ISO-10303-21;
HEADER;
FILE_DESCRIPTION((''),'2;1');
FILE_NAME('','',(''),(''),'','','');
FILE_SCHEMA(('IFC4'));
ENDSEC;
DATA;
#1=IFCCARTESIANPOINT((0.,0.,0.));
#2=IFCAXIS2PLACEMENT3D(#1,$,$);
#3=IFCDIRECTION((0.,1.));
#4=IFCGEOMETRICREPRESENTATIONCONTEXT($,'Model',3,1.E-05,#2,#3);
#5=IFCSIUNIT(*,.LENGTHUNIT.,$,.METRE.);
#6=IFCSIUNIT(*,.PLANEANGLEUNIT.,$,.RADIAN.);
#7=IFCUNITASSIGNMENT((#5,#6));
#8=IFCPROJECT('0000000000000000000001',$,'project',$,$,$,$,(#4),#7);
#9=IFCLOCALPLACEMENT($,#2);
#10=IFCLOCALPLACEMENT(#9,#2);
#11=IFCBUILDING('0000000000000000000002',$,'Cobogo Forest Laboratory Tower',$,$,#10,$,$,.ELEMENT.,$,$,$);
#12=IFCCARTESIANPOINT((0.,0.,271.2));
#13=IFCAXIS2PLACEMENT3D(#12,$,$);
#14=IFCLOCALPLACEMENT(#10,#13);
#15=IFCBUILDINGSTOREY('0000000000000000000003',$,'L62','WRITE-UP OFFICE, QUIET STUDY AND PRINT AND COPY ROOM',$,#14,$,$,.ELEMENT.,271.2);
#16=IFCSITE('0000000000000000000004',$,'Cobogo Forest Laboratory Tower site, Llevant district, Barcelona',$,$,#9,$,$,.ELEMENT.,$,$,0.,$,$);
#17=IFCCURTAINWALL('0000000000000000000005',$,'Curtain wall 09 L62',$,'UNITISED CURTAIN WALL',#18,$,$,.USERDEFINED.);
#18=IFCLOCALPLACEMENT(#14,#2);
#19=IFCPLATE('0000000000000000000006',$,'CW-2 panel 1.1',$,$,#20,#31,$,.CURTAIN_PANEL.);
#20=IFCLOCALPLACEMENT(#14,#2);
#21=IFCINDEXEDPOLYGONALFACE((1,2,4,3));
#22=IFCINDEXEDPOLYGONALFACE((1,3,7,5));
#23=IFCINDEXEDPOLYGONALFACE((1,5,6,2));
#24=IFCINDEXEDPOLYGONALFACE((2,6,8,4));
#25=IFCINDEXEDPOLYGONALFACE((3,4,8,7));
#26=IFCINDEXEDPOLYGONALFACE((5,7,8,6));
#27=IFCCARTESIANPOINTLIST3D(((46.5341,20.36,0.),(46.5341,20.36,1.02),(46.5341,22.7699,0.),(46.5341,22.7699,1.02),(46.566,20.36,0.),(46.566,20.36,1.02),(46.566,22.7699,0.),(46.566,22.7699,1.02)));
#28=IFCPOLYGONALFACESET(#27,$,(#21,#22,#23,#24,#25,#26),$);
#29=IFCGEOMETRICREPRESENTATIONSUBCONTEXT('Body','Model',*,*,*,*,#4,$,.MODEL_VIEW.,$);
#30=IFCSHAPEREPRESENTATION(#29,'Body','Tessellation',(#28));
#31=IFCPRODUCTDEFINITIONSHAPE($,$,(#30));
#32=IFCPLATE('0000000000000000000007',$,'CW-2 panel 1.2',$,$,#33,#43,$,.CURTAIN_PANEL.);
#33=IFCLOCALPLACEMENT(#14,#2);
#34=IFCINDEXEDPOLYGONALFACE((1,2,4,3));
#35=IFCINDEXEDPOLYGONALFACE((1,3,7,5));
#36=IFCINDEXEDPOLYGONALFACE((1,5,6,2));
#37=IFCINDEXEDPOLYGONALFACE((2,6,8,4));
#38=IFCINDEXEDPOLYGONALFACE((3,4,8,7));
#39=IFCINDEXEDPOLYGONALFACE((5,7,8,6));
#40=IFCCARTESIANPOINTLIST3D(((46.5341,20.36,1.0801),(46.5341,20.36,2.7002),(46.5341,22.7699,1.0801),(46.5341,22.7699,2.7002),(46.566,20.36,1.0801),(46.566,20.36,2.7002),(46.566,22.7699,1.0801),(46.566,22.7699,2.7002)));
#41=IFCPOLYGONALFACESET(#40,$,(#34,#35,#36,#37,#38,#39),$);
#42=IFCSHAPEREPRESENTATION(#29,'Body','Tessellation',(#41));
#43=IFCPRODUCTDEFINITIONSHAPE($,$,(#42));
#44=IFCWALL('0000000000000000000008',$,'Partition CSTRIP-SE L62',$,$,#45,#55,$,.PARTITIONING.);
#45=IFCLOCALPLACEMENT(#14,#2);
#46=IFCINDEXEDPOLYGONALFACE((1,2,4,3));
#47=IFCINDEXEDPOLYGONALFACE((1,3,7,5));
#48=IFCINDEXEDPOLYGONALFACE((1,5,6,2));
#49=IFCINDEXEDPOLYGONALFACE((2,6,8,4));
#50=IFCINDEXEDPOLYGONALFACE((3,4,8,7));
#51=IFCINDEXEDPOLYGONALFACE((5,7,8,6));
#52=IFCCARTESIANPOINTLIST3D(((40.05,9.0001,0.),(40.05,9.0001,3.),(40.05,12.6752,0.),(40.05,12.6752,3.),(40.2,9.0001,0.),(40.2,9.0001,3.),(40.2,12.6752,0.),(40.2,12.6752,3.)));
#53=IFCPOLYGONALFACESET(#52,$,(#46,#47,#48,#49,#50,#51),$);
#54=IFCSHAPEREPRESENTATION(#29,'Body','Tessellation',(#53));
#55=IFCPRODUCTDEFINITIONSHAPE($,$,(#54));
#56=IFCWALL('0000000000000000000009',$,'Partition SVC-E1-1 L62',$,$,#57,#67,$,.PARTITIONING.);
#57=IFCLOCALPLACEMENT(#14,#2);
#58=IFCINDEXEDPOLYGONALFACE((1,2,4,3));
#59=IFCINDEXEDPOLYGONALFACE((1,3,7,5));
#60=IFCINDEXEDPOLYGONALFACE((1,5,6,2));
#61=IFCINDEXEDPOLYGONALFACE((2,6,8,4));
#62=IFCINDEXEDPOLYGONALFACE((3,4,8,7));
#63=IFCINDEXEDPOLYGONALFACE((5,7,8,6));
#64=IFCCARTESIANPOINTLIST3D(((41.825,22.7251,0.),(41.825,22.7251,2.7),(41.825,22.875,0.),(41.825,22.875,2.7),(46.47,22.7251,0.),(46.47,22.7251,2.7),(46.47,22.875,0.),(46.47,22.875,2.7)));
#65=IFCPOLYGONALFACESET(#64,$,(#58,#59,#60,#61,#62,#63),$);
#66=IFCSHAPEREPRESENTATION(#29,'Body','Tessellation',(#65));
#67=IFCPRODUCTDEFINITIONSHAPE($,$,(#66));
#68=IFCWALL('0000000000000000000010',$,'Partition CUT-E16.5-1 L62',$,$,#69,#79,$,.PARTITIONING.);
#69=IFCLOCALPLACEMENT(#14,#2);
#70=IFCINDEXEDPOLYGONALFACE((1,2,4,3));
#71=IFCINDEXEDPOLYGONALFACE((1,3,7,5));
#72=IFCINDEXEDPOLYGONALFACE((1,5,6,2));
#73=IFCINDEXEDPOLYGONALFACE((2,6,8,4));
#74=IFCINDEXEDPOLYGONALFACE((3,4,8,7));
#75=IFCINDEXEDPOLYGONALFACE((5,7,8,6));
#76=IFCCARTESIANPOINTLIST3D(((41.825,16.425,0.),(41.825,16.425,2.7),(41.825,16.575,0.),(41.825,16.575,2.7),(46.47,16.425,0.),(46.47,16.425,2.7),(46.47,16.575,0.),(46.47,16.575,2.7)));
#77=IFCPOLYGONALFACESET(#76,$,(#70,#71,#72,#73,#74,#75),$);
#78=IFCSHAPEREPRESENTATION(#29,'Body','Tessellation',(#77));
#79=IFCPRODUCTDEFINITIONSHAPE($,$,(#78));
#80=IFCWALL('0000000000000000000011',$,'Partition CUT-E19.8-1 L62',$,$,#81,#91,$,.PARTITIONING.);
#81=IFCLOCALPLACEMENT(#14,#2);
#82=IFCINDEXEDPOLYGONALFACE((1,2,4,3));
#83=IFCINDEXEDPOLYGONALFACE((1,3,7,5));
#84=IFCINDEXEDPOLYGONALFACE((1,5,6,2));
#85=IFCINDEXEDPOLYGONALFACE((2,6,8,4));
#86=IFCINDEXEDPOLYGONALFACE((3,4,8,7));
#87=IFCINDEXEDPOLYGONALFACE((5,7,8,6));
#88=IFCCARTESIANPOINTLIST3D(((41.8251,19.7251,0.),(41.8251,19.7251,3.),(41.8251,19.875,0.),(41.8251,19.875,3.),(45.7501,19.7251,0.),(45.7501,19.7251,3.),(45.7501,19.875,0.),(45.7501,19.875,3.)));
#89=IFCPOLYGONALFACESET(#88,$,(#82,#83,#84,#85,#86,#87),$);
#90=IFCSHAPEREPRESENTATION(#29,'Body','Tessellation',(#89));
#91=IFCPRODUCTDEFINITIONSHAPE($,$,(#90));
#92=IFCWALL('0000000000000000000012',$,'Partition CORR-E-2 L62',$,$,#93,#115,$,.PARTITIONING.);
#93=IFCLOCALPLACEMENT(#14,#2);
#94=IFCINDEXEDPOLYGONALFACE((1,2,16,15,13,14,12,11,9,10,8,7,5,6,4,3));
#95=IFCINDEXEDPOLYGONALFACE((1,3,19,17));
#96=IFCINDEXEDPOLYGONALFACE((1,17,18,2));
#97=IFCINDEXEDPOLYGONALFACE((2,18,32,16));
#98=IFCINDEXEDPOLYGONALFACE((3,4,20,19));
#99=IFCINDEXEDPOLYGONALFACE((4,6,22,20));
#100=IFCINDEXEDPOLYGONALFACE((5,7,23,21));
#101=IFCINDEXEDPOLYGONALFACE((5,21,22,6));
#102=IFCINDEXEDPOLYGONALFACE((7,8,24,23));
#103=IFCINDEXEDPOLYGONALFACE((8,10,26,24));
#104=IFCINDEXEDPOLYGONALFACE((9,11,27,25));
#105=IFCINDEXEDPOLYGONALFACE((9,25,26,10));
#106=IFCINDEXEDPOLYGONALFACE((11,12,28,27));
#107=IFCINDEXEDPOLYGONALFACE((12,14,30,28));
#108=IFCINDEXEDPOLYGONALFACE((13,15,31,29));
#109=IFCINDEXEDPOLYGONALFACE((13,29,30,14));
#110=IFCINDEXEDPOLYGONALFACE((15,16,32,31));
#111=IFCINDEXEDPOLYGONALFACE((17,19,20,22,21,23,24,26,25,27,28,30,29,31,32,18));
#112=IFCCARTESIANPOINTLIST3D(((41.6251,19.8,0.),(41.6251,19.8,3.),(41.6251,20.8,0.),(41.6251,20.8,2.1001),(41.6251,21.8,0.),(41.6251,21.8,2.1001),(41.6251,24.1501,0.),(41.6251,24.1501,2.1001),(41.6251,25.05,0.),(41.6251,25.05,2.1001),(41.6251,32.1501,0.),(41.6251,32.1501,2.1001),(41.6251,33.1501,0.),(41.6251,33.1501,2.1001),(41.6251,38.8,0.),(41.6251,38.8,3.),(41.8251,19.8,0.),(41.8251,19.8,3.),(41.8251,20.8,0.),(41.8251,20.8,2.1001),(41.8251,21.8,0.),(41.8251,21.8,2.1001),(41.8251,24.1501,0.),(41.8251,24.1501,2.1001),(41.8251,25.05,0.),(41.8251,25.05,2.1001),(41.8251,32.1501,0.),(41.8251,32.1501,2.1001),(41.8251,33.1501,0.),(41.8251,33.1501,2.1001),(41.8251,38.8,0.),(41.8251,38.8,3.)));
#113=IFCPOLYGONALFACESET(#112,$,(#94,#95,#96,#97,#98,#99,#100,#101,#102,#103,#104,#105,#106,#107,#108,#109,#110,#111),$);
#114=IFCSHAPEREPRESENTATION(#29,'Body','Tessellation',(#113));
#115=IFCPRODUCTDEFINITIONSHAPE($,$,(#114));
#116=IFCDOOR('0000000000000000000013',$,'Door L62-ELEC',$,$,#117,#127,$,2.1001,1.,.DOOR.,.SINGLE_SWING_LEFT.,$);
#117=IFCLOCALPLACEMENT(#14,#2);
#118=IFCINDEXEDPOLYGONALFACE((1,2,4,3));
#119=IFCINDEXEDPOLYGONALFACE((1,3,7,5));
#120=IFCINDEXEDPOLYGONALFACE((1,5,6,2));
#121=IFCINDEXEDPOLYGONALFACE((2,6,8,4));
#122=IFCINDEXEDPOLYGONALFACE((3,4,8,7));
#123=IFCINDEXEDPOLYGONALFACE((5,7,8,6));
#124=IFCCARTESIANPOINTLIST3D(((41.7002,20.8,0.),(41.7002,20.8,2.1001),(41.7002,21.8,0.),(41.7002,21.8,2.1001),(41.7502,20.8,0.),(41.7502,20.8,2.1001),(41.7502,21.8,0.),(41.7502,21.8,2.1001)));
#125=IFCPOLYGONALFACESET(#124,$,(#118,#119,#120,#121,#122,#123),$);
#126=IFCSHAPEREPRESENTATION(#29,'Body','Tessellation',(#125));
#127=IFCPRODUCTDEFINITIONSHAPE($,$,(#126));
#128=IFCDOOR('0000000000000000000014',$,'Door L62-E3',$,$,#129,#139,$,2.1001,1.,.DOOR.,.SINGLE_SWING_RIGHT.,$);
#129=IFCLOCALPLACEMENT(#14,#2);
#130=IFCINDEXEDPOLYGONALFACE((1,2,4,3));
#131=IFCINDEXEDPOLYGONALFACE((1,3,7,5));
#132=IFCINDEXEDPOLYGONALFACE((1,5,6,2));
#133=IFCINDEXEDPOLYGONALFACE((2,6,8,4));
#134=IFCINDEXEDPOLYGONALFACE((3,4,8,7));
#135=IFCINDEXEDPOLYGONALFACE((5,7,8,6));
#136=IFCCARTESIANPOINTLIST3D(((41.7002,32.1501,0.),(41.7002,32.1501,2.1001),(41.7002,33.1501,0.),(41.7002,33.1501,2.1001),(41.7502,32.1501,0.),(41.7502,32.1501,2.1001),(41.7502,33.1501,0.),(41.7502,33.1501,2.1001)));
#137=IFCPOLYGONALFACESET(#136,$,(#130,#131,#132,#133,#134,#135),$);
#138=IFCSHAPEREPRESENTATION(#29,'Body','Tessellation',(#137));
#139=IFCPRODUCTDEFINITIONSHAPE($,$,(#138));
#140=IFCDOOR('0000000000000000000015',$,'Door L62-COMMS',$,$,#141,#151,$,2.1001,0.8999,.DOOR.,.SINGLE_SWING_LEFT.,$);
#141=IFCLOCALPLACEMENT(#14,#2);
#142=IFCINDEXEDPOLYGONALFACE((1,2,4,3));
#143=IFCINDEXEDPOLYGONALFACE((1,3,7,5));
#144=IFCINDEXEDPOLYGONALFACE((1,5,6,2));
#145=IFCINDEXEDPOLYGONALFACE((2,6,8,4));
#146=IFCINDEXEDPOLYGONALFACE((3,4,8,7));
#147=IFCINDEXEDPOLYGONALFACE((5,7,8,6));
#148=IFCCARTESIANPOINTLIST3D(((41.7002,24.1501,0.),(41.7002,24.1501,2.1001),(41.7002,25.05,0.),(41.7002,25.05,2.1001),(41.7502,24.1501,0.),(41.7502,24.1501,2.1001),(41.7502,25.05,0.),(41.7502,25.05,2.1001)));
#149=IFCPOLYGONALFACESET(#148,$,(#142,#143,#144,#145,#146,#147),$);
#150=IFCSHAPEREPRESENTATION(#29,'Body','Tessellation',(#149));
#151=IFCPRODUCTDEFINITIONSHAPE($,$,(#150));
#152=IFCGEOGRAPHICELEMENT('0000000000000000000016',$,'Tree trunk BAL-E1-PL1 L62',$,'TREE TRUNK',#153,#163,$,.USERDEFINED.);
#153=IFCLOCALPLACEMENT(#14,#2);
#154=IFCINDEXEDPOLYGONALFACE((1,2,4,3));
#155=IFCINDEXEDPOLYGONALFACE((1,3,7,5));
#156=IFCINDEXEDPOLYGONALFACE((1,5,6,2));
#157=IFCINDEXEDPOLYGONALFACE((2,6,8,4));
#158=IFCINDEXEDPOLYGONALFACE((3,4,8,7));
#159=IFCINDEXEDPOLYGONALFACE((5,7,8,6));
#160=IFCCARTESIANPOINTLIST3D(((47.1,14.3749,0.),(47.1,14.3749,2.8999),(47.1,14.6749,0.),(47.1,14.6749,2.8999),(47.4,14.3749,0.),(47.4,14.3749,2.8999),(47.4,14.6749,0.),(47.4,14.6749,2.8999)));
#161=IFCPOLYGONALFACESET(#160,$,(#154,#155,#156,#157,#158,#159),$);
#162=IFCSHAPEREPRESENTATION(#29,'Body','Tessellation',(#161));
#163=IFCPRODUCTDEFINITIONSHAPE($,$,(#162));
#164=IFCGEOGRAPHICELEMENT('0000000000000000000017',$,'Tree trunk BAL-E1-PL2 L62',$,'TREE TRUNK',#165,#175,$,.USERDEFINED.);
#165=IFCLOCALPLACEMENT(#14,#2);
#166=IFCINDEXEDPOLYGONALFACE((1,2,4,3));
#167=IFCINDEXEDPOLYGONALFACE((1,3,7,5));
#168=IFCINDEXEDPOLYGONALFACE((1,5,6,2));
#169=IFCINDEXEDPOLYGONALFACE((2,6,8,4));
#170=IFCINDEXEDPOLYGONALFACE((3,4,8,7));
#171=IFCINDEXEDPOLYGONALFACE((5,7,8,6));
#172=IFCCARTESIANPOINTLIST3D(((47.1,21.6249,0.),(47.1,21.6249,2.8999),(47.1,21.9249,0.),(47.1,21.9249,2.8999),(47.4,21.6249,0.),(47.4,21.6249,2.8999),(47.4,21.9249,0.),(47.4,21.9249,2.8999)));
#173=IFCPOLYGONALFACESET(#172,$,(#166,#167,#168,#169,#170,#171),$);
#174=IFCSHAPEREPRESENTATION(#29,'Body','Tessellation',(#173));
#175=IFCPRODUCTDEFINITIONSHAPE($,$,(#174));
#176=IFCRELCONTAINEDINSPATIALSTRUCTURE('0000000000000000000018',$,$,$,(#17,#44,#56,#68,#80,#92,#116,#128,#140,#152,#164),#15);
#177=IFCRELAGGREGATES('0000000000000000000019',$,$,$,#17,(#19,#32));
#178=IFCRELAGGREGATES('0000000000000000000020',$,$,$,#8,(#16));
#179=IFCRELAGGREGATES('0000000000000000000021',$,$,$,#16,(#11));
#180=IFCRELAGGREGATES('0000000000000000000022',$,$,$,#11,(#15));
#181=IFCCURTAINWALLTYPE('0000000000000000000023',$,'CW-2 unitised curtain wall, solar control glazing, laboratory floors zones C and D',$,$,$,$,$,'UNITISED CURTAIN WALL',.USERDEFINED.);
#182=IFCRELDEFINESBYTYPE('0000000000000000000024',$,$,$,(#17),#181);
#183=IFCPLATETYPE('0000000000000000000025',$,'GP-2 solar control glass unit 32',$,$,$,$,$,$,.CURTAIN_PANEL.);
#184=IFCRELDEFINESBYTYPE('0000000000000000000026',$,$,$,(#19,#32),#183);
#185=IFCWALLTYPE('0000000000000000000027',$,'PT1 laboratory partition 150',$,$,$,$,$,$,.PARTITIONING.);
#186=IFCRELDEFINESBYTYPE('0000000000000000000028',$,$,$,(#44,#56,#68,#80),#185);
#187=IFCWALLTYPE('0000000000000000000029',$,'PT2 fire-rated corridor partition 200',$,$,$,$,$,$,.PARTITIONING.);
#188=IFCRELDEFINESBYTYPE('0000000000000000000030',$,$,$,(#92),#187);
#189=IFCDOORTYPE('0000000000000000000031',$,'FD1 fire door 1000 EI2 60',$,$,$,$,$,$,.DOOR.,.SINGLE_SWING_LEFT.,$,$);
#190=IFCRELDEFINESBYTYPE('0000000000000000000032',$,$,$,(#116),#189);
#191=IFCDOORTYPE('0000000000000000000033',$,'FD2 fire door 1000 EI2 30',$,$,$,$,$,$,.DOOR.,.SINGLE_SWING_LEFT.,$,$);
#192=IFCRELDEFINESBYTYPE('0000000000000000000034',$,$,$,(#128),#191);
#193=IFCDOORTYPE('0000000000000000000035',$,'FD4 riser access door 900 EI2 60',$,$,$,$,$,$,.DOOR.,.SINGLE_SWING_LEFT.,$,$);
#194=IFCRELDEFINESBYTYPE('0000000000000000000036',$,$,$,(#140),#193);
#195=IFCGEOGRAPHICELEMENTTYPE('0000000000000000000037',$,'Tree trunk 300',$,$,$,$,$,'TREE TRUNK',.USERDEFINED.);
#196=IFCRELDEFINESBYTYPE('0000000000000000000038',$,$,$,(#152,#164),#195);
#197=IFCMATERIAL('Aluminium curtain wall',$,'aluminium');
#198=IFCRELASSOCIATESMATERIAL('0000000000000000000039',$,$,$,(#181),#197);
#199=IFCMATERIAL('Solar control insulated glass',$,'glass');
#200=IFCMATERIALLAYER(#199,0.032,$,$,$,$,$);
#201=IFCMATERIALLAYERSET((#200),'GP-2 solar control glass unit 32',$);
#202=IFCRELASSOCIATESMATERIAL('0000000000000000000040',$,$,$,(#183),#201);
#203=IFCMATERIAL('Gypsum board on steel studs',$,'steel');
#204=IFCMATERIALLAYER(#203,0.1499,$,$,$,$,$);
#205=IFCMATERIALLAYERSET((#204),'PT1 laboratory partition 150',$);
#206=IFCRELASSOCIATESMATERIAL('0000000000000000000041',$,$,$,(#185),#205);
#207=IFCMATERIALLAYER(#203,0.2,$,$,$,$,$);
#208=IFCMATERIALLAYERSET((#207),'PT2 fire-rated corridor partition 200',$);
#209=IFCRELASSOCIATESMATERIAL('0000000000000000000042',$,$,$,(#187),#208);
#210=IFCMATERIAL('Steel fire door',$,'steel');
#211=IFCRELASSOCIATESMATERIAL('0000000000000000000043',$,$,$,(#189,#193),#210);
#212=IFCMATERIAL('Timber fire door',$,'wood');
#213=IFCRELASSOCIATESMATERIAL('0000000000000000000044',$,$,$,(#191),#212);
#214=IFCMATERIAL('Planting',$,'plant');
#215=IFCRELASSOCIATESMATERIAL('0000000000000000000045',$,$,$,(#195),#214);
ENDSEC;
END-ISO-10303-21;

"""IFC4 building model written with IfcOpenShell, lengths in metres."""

from ifc_helpers import new_model, si_unit, direction, frame, frame_2d, origin, origin_2d, place, context, subcontext, project, spatial, rectangle, extrude, material, layer, layer_set, type_object, element, fill, aggregate, save


model = new_model("IFC4")

# Units and contexts
model_context = context("Model", 3, precision=1e-05, world=origin(), true_north=direction((0.0, 1.0)))
body_context = subcontext(model_context, "Body", "Model", "MODEL_VIEW")
ifc_project = project(units=[si_unit("LENGTHUNIT", "METRE"), si_unit("PLANEANGLEUNIT", "RADIAN")], contexts=[model_context])

# Site, building, storey
site_placement = place(None, origin())
site = spatial("IfcSite", under=ifc_project, at=site_placement, Name="Cobogo Forest Laboratory Tower site, Llevant district, Barcelona", CompositionType="ELEMENT", RefElevation=0.0)
building_placement = place(site_placement, origin())
building = spatial("IfcBuilding", under=site, at=building_placement, Name="Cobogo Forest Laboratory Tower", CompositionType="ELEMENT")
storey_placement = place(building_placement, frame((0.0, 0.0, 271.2)))
storey = spatial("IfcBuildingStorey", under=building, at=storey_placement, Name="L62", Description="WRITE-UP OFFICE, QUIET STUDY AND PRINT AND COPY ROOM", CompositionType="ELEMENT", Elevation=271.2)

# Curtain wall
ifc_material_1 = material(Name="Aluminium curtain wall", Category="aluminium")
curtain_wall_type = type_object("IfcCurtainWallType", Name="CW-2 unitised curtain wall, solar control glazing, laboratory floors zones C and D", ElementType="UNITISED CURTAIN WALL", PredefinedType="USERDEFINED", material=ifc_material_1)
curtain_wall_1_placement = place(storey_placement, origin())
curtain_wall_1 = element("IfcCurtainWall", 1, at=curtain_wall_1_placement, inside=storey, type_object=curtain_wall_type, Name="Curtain wall 09 L62", ObjectType="UNITISED CURTAIN WALL", PredefinedType="USERDEFINED")

# Plates
ifc_material_2 = material(Name="Solar control insulated glass", Category="glass")
ifc_layer_1 = layer(ifc_material_2, 0.032)
ifc_layer_set_1 = layer_set([ifc_layer_1], Name="GP-2 solar control glass unit 32")
plate_type = type_object("IfcPlateType", Name="GP-2 solar control glass unit 32", PredefinedType="CURTAIN_PANEL", material=ifc_layer_set_1)
plate_1_placement = place(storey_placement, frame((46.55, 21.5649, 0.0), z_axis=(0.0, 0.0, 1.0), x_axis=(0.0, 1.0, 0.0)))
plate_1 = element("IfcPlate", 2, at=plate_1_placement, type_object=plate_type, Name="CW-2 panel 1.1", PredefinedType="CURTAIN_PANEL", context=body_context, shape_type="SweptSolid", body=[
    extrude(rectangle(XDim=2.4099, YDim=0.032, at=origin_2d()), origin(), (0.0, 0.0, 1.0), 1.02),
])
plate_2_placement = place(storey_placement, frame((46.55, 21.5649, 1.0801), z_axis=(0.0, 0.0, 1.0), x_axis=(0.0, 1.0, 0.0)))
plate_2 = element("IfcPlate", 3, at=plate_2_placement, type_object=plate_type, Name="CW-2 panel 1.2", PredefinedType="CURTAIN_PANEL", context=body_context, shape_type="SweptSolid", body=[
    extrude(rectangle(XDim=2.4099, YDim=0.032, at=origin_2d()), origin(), (0.0, 0.0, 1.0), 1.6201),
])
aggregate(curtain_wall_1, [plate_1, plate_2])

# Walls
ifc_material_3 = material(Name="Gypsum board on steel studs", Category="steel")
ifc_layer_2 = layer(ifc_material_3, 0.1499)
ifc_layer_set_2 = layer_set([ifc_layer_2], Name="PT1 laboratory partition 150")
wall_type_1 = type_object("IfcWallType", Name="PT1 laboratory partition 150", PredefinedType="PARTITIONING", material=ifc_layer_set_2)
wall_1_placement = place(storey_placement, frame((40.125, 12.675, 0.0), z_axis=(0.0, 0.0, 1.0), x_axis=(0.0, -1.0, 0.0)))
element("IfcWall", 4, at=wall_1_placement, inside=storey, type_object=wall_type_1, Name="Partition CSTRIP-SE L62", PredefinedType="PARTITIONING", context=body_context, shape_type="SweptSolid", body=[
    extrude(rectangle(XDim=3.675, YDim=0.1499, at=frame_2d((1.8374, 0.0))), origin(), (0.0, 0.0, 1.0), 3.0),
])
for number, where, z_axis, x_axis, name in (
    (5, (46.47, 22.8, 0.0), (0.0, 0.0, 1.0), (-1.0, 0.0, 0.0), "Partition SVC-E1-1 L62"),
    (6, (46.47, 16.5, 0.0), (0.0, 0.0, 1.0), (-1.0, 0.0, 0.0), "Partition CUT-E16.5-1 L62"),
):
    element("IfcWall", number, at=place(storey_placement, frame(where, z_axis=z_axis, x_axis=x_axis)), inside=storey, type_object=wall_type_1, Name=name, PredefinedType="PARTITIONING", context=body_context, shape_type="SweptSolid", body=[
        extrude(rectangle(XDim=4.645, YDim=0.1499, at=frame_2d((2.3225, 0.0))), origin(), (0.0, 0.0, 1.0), 2.7),
    ])
wall_2_placement = place(storey_placement, frame((45.75, 19.8, 0.0), z_axis=(0.0, 0.0, 1.0), x_axis=(-1.0, 0.0, 0.0)))
element("IfcWall", 7, at=wall_2_placement, inside=storey, type_object=wall_type_1, Name="Partition CUT-E19.8-1 L62", PredefinedType="PARTITIONING", context=body_context, shape_type="SweptSolid", body=[
    extrude(rectangle(XDim=3.925, YDim=0.1499, at=frame_2d((1.9624, 0.0))), origin(), (0.0, 0.0, 1.0), 3.0),
])

# Wall, openings, doors
ifc_layer_3 = layer(ifc_material_3, 0.2)
ifc_layer_set_3 = layer_set([ifc_layer_3], Name="PT2 fire-rated corridor partition 200")
wall_type_2 = type_object("IfcWallType", Name="PT2 fire-rated corridor partition 200", PredefinedType="PARTITIONING", material=ifc_layer_set_3)
wall_3_placement = place(storey_placement, frame((41.7251, 19.8, 0.0), z_axis=(0.0, 0.0, 1.0), x_axis=(0.0, 1.0, 0.0)))
wall_3 = element("IfcWall", 8, at=wall_3_placement, inside=storey, type_object=wall_type_2, Name="Partition CORR-E-2 L62", PredefinedType="PARTITIONING", context=body_context, shape_type="SweptSolid", body=[
    extrude(rectangle(XDim=19.0, YDim=0.2, at=frame_2d((9.5, 0.0))), origin(), (0.0, 0.0, 1.0), 3.0),
])
opening_1_placement = place(wall_3_placement, frame((1.0, 0.0, 0.0)))
opening_1 = element("IfcOpeningElement", 9, at=opening_1_placement, cuts=wall_3, PredefinedType="OPENING", context=body_context, shape_type="SweptSolid", body=[
    extrude(rectangle(XDim=1.0, YDim=2.1001, at=frame_2d((0.5, 1.05))), frame((0.0, 0.1099, 0.0), z_axis=(0.0, -1.0, 0.0), x_axis=(1.0, 0.0, 0.0)), (0.0, 0.0, 1.0), 0.22),
])
opening_2_placement = place(wall_3_placement, frame((4.3501, 0.0, 0.0)))
opening_2 = element("IfcOpeningElement", 10, at=opening_2_placement, cuts=wall_3, PredefinedType="OPENING", context=body_context, shape_type="SweptSolid", body=[
    extrude(rectangle(XDim=0.8999, YDim=2.1001, at=frame_2d((0.45, 1.05))), frame((0.0, 0.1099, 0.0), z_axis=(0.0, -1.0, 0.0), x_axis=(1.0, 0.0, 0.0)), (0.0, 0.0, 1.0), 0.22),
])
opening_3_placement = place(wall_3_placement, frame((12.3501, 0.0, 0.0)))
opening_3 = element("IfcOpeningElement", 11, at=opening_3_placement, cuts=wall_3, PredefinedType="OPENING", context=body_context, shape_type="SweptSolid", body=[
    extrude(rectangle(XDim=1.0, YDim=2.1001, at=frame_2d((0.5, 1.05))), frame((0.0, 0.1099, 0.0), z_axis=(0.0, -1.0, 0.0), x_axis=(1.0, 0.0, 0.0)), (0.0, 0.0, 1.0), 0.22),
])
ifc_material_4 = material(Name="Steel fire door", Category="steel")
door_type_1 = type_object("IfcDoorType", Name="FD1 fire door 1000 EI2 60", OperationType="SINGLE_SWING_LEFT", PredefinedType="DOOR", material=ifc_material_4)
door_1_placement = place(opening_1_placement, origin())
door_1 = element("IfcDoor", 12, at=door_1_placement, inside=storey, type_object=door_type_1, Name="Door L62-ELEC", OperationType="SINGLE_SWING_LEFT", OverallHeight=2.1001, OverallWidth=1.0, PredefinedType="DOOR", context=body_context, shape_type="SweptSolid", body=[
    extrude(rectangle(XDim=1.0, YDim=2.1001, at=frame_2d((0.5, 1.05))), frame((0.0, 0.0249, 0.0), z_axis=(0.0, -1.0, 0.0), x_axis=(1.0, 0.0, 0.0)), (0.0, 0.0, 1.0), 0.05),
])
fill(opening_1, door_1)
ifc_material_5 = material(Name="Timber fire door", Category="wood")
door_type_2 = type_object("IfcDoorType", Name="FD2 fire door 1000 EI2 30", OperationType="SINGLE_SWING_LEFT", PredefinedType="DOOR", material=ifc_material_5)
door_2_placement = place(opening_3_placement, origin())
door_2 = element("IfcDoor", 13, at=door_2_placement, inside=storey, type_object=door_type_2, Name="Door L62-E3", OperationType="SINGLE_SWING_RIGHT", OverallHeight=2.1001, OverallWidth=1.0, PredefinedType="DOOR", context=body_context, shape_type="SweptSolid", body=[
    extrude(rectangle(XDim=1.0, YDim=2.1001, at=frame_2d((0.5, 1.05))), frame((0.0, 0.0249, 0.0), z_axis=(0.0, -1.0, 0.0), x_axis=(1.0, 0.0, 0.0)), (0.0, 0.0, 1.0), 0.05),
])
fill(opening_3, door_2)
door_type_3 = type_object("IfcDoorType", Name="FD4 riser access door 900 EI2 60", OperationType="SINGLE_SWING_LEFT", PredefinedType="DOOR", material=ifc_material_4)
door_3_placement = place(opening_2_placement, origin())
door_3 = element("IfcDoor", 14, at=door_3_placement, inside=storey, type_object=door_type_3, Name="Door L62-COMMS", OperationType="SINGLE_SWING_LEFT", OverallHeight=2.1001, OverallWidth=0.8999, PredefinedType="DOOR", context=body_context, shape_type="SweptSolid", body=[
    extrude(rectangle(XDim=0.8999, YDim=2.1001, at=frame_2d((0.45, 1.05))), frame((0.0, 0.0249, 0.0), z_axis=(0.0, -1.0, 0.0), x_axis=(1.0, 0.0, 0.0)), (0.0, 0.0, 1.0), 0.05),
])
fill(opening_2, door_3)

# Geographic elements
ifc_material_6 = material(Name="Planting", Category="plant")
geographic_element_type = type_object("IfcGeographicElementType", Name="Tree trunk 300", ElementType="TREE TRUNK", PredefinedType="USERDEFINED", material=ifc_material_6)
for number, where, z_axis, x_axis, name in (
    (15, (47.25, 14.5249, 0.0), (0.0, 0.0, 1.0), (1.0, 0.0, 0.0), "Tree trunk BAL-E1-PL1 L62"),
    (16, (47.25, 21.7749, 0.0), (0.0, 0.0, 1.0), (1.0, 0.0, 0.0), "Tree trunk BAL-E1-PL2 L62"),
):
    element("IfcGeographicElement", number, at=place(storey_placement, frame(where, z_axis=z_axis, x_axis=x_axis)), inside=storey, type_object=geographic_element_type, Name=name, ObjectType="TREE TRUNK", PredefinedType="USERDEFINED", context=body_context, shape_type="SweptSolid", body=[
        extrude(rectangle(XDim=0.3, YDim=0.3, at=origin_2d()), origin(), (0.0, 0.0, 1.0), 2.8999),
    ])

save(model, "model.ifc")
